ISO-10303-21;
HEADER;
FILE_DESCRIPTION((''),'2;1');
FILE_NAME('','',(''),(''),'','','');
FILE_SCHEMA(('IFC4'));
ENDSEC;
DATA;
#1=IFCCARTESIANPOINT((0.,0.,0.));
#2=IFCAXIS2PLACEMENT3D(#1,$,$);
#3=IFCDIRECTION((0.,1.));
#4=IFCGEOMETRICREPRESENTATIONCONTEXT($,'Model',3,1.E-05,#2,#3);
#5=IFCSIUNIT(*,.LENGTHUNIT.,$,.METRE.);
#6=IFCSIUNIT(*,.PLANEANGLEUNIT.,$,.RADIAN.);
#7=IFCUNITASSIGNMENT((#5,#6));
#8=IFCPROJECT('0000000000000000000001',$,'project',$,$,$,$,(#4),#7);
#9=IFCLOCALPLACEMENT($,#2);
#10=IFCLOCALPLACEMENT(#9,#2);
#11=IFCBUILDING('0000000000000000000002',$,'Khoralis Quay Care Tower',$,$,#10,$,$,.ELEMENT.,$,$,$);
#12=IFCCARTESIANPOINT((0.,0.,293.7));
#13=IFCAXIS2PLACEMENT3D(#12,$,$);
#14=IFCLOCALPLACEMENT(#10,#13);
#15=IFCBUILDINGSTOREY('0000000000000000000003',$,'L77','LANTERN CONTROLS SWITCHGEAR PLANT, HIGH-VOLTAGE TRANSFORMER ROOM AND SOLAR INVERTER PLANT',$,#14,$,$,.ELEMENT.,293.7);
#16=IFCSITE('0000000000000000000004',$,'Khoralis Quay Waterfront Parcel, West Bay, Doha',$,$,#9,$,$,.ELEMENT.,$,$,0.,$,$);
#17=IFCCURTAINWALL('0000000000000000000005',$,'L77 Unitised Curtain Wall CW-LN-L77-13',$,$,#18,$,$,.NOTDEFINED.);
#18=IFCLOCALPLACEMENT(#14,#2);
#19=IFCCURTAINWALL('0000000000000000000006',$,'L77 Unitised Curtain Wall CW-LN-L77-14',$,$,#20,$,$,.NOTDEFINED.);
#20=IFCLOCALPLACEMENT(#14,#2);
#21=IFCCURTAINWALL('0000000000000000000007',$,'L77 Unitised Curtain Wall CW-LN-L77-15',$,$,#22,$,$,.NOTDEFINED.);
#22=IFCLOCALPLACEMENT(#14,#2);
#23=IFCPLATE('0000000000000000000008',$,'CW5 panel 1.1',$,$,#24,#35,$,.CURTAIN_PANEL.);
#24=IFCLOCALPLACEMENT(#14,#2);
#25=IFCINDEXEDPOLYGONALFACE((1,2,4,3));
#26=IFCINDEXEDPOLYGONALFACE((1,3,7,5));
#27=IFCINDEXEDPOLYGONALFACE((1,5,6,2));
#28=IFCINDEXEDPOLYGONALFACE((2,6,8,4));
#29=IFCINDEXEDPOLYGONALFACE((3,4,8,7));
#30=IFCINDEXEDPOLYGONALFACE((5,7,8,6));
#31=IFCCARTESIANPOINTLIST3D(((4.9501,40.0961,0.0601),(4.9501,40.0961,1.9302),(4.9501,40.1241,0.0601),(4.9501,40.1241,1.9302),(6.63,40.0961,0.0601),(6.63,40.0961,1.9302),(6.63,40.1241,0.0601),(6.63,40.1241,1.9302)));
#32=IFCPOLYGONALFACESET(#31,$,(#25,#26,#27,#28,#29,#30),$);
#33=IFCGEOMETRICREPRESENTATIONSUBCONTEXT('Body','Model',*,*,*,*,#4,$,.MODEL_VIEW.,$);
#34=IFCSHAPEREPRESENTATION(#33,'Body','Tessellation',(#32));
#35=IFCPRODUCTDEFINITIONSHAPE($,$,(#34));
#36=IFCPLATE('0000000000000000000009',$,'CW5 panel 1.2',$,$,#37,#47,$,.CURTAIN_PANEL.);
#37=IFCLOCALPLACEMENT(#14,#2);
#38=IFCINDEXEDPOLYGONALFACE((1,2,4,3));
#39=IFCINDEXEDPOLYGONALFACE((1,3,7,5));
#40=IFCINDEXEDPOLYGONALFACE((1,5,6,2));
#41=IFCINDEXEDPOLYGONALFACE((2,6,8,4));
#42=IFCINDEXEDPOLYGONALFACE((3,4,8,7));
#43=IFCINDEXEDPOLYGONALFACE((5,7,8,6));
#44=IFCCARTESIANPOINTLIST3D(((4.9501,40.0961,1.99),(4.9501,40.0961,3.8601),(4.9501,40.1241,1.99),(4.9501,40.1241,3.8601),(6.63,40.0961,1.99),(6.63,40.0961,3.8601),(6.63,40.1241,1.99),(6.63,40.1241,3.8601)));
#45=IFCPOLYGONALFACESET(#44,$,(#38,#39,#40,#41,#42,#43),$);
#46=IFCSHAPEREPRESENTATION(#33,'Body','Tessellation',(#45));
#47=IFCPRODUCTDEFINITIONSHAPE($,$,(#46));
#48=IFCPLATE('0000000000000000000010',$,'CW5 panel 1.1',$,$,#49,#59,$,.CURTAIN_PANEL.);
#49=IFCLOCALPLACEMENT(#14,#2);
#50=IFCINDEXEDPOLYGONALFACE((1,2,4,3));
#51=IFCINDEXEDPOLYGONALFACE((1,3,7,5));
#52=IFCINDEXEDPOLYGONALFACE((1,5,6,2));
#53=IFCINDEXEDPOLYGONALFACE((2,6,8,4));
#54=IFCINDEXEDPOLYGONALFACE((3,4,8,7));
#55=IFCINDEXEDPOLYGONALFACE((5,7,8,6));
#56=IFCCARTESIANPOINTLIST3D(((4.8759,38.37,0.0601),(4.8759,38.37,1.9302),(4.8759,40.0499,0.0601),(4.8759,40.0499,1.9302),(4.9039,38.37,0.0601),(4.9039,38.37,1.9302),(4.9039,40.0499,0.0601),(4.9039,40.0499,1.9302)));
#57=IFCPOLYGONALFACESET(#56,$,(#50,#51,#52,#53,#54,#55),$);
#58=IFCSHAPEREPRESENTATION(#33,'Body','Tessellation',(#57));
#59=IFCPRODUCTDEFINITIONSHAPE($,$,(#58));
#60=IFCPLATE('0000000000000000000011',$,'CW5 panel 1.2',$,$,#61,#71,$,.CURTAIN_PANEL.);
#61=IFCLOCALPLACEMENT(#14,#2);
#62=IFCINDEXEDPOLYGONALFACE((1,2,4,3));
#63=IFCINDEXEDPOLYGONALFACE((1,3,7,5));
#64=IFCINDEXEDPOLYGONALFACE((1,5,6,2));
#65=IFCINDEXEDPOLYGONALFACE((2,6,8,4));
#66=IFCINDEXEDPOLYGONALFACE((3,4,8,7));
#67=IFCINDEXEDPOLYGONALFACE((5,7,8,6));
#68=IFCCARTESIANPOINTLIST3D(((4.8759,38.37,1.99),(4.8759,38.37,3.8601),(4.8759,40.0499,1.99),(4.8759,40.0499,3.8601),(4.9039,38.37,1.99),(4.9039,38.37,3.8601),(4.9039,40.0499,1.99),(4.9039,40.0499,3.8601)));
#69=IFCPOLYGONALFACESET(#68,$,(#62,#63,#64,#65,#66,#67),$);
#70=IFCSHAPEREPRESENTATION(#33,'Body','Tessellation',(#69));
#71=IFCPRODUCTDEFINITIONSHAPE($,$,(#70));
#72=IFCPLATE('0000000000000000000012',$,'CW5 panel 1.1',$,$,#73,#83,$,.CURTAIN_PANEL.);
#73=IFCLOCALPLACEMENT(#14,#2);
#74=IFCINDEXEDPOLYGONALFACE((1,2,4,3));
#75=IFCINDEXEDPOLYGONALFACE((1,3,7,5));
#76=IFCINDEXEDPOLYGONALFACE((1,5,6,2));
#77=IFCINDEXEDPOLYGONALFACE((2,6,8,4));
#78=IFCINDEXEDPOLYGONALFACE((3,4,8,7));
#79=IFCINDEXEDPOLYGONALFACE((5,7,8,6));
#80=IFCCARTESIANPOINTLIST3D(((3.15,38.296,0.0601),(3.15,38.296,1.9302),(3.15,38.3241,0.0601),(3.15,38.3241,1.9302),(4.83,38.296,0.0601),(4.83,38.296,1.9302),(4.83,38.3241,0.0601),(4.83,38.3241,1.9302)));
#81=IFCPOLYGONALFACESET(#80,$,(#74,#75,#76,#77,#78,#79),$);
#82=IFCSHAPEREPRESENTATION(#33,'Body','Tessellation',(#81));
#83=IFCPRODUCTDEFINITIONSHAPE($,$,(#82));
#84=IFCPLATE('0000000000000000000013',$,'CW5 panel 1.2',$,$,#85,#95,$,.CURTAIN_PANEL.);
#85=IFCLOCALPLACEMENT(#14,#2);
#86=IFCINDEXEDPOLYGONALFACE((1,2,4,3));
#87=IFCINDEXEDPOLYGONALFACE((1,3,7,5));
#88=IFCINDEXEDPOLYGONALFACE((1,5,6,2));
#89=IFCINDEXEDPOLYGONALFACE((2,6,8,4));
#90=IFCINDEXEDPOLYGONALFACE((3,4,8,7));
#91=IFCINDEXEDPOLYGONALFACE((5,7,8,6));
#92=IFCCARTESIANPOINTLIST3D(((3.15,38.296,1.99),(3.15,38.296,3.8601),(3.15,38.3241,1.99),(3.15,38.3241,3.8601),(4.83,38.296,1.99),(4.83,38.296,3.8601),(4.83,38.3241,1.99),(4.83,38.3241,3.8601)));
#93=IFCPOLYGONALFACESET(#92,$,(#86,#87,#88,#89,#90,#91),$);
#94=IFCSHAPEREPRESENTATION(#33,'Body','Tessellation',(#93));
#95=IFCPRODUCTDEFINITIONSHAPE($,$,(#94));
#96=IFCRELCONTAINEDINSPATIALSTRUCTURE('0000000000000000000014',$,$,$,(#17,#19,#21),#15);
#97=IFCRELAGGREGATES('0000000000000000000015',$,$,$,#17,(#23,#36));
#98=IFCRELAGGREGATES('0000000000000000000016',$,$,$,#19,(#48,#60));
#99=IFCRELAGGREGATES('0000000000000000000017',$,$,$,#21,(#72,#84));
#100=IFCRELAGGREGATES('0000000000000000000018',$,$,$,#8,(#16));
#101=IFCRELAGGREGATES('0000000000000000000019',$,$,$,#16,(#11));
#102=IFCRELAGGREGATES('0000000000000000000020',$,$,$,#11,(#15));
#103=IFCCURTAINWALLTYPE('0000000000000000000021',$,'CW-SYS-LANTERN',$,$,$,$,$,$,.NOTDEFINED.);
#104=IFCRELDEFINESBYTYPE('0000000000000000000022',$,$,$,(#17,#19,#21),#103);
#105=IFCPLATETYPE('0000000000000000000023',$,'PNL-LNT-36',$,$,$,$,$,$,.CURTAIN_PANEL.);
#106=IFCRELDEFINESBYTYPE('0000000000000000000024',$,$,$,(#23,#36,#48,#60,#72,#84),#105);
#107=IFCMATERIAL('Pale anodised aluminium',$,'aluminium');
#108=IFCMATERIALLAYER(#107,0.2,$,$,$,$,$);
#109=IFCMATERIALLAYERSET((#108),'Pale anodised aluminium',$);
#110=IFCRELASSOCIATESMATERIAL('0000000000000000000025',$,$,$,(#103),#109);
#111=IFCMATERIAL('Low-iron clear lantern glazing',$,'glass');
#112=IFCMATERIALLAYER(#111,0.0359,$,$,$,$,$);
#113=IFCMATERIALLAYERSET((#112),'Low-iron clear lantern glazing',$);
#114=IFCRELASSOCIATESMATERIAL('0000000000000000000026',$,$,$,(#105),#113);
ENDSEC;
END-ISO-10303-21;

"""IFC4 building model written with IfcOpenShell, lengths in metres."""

from ifc_helpers import new_model, si_unit, direction, frame, origin, origin_2d, place, context, subcontext, project, spatial, rectangle, extrude, source, transform, mapped, material, layer, layer_set, type_object, element, aggregate, save


model = new_model("IFC4")

# Units and contexts
model_context = context("Model", 3, precision=1e-05, world=origin(), true_north=direction((0.0, 1.0)))
body_context = subcontext(model_context, "Body", "Model", "MODEL_VIEW")
ifc_project = project(units=[si_unit("LENGTHUNIT", "METRE"), si_unit("PLANEANGLEUNIT", "RADIAN")], contexts=[model_context])

# Site, building, storey
site_placement = place(None, origin())
site = spatial("IfcSite", under=ifc_project, at=site_placement, Name="Khoralis Quay Waterfront Parcel, West Bay, Doha", CompositionType="ELEMENT", RefElevation=0.0)
building_placement = place(site_placement, origin())
building = spatial("IfcBuilding", under=site, at=building_placement, Name="Khoralis Quay Care Tower", CompositionType="ELEMENT")
storey_placement = place(building_placement, frame((0.0, 0.0, 293.7)))
storey = spatial("IfcBuildingStorey", under=building, at=storey_placement, Name="L77", Description="LANTERN CONTROLS SWITCHGEAR PLANT, HIGH-VOLTAGE TRANSFORMER ROOM AND SOLAR INVERTER PLANT", CompositionType="ELEMENT", Elevation=293.7)

# Curtain walls
ifc_material_1 = material(Name="Pale anodised aluminium", Category="aluminium")
ifc_layer_1 = layer(ifc_material_1, 0.2)
ifc_layer_set_1 = layer_set([ifc_layer_1], Name="Pale anodised aluminium")
curtain_wall_type = type_object("IfcCurtainWallType", Name="CW-SYS-LANTERN", PredefinedType="NOTDEFINED", material=ifc_layer_set_1)
curtain_wall_1_placement = place(storey_placement, origin())
curtain_wall_1 = element("IfcCurtainWall", 1, at=curtain_wall_1_placement, inside=storey, type_object=curtain_wall_type, Name="L77 Unitised Curtain Wall CW-LN-L77-13", PredefinedType="NOTDEFINED")
curtain_wall_2_placement = place(storey_placement, origin())
curtain_wall_2 = element("IfcCurtainWall", 2, at=curtain_wall_2_placement, inside=storey, type_object=curtain_wall_type, Name="L77 Unitised Curtain Wall CW-LN-L77-14", PredefinedType="NOTDEFINED")
curtain_wall_3_placement = place(storey_placement, origin())
curtain_wall_3 = element("IfcCurtainWall", 3, at=curtain_wall_3_placement, inside=storey, type_object=curtain_wall_type, Name="L77 Unitised Curtain Wall CW-LN-L77-15", PredefinedType="NOTDEFINED")

# Plates
ifc_material_2 = material(Name="Low-iron clear lantern glazing", Category="glass")
ifc_layer_2 = layer(ifc_material_2, 0.0359)
ifc_layer_set_2 = layer_set([ifc_layer_2], Name="Low-iron clear lantern glazing")
plate_type = type_object("IfcPlateType", Name="PNL-LNT-36", PredefinedType="CURTAIN_PANEL", material=ifc_layer_set_2)
shared_shape_1 = source(origin(), body_context, "Body", "SweptSolid", [
    extrude(rectangle(XDim=1.6799, YDim=0.0281, at=origin_2d()), origin(), (0.0, 0.0, 1.0), 1.8701),
])
plate_1_placement = place(storey_placement, frame((5.79, 40.1101, 0.0601), z_axis=(0.0, 0.0, 1.0), x_axis=(-1.0, 0.0, 0.0)))
plate_1 = element("IfcPlate", 4, at=plate_1_placement, type_object=plate_type, Name="CW5 panel 1.1", PredefinedType="CURTAIN_PANEL", context=body_context, shape_type="MappedRepresentation", body=[
    mapped(shared_shape_1, transform((0.0, 0.0, 0.0), scale=1.0)),
])
plate_2_placement = place(storey_placement, frame((5.79, 40.1101, 1.99), z_axis=(0.0, 0.0, 1.0), x_axis=(-1.0, 0.0, 0.0)))
plate_2 = element("IfcPlate", 5, at=plate_2_placement, type_object=plate_type, Name="CW5 panel 1.2", PredefinedType="CURTAIN_PANEL", context=body_context, shape_type="MappedRepresentation", body=[
    mapped(shared_shape_1, transform((0.0, 0.0, 0.0), scale=1.0)),
])
aggregate(curtain_wall_1, [plate_1, plate_2])
plate_3_placement = place(storey_placement, frame((4.8899, 39.21, 0.0601), z_axis=(0.0, 0.0, 1.0), x_axis=(0.0, -1.0, 0.0)))
plate_3 = element("IfcPlate", 6, at=plate_3_placement, type_object=plate_type, Name="CW5 panel 1.1", PredefinedType="CURTAIN_PANEL", context=body_context, shape_type="MappedRepresentation", body=[
    mapped(shared_shape_1, transform((0.0, 0.0, 0.0), scale=1.0)),
])
plate_4_placement = place(storey_placement, frame((4.8899, 39.21, 1.99), z_axis=(0.0, 0.0, 1.0), x_axis=(0.0, -1.0, 0.0)))
plate_4 = element("IfcPlate", 7, at=plate_4_placement, type_object=plate_type, Name="CW5 panel 1.2", PredefinedType="CURTAIN_PANEL", context=body_context, shape_type="MappedRepresentation", body=[
    mapped(shared_shape_1, transform((0.0, 0.0, 0.0), scale=1.0)),
])
aggregate(curtain_wall_2, [plate_3, plate_4])
plate_5_placement = place(storey_placement, frame((3.99, 38.3101, 0.0601), z_axis=(0.0, 0.0, 1.0), x_axis=(-1.0, 0.0, 0.0)))
plate_5 = element("IfcPlate", 8, at=plate_5_placement, type_object=plate_type, Name="CW5 panel 1.1", PredefinedType="CURTAIN_PANEL", context=body_context, shape_type="MappedRepresentation", body=[
    mapped(shared_shape_1, transform((0.0, 0.0, 0.0), scale=1.0)),
])
plate_6_placement = place(storey_placement, frame((3.99, 38.3101, 1.99), z_axis=(0.0, 0.0, 1.0), x_axis=(-1.0, 0.0, 0.0)))
plate_6 = element("IfcPlate", 9, at=plate_6_placement, type_object=plate_type, Name="CW5 panel 1.2", PredefinedType="CURTAIN_PANEL", context=body_context, shape_type="MappedRepresentation", body=[
    mapped(shared_shape_1, transform((0.0, 0.0, 0.0), scale=1.0)),
])
aggregate(curtain_wall_3, [plate_5, plate_6])

save(model, "model.ifc")
